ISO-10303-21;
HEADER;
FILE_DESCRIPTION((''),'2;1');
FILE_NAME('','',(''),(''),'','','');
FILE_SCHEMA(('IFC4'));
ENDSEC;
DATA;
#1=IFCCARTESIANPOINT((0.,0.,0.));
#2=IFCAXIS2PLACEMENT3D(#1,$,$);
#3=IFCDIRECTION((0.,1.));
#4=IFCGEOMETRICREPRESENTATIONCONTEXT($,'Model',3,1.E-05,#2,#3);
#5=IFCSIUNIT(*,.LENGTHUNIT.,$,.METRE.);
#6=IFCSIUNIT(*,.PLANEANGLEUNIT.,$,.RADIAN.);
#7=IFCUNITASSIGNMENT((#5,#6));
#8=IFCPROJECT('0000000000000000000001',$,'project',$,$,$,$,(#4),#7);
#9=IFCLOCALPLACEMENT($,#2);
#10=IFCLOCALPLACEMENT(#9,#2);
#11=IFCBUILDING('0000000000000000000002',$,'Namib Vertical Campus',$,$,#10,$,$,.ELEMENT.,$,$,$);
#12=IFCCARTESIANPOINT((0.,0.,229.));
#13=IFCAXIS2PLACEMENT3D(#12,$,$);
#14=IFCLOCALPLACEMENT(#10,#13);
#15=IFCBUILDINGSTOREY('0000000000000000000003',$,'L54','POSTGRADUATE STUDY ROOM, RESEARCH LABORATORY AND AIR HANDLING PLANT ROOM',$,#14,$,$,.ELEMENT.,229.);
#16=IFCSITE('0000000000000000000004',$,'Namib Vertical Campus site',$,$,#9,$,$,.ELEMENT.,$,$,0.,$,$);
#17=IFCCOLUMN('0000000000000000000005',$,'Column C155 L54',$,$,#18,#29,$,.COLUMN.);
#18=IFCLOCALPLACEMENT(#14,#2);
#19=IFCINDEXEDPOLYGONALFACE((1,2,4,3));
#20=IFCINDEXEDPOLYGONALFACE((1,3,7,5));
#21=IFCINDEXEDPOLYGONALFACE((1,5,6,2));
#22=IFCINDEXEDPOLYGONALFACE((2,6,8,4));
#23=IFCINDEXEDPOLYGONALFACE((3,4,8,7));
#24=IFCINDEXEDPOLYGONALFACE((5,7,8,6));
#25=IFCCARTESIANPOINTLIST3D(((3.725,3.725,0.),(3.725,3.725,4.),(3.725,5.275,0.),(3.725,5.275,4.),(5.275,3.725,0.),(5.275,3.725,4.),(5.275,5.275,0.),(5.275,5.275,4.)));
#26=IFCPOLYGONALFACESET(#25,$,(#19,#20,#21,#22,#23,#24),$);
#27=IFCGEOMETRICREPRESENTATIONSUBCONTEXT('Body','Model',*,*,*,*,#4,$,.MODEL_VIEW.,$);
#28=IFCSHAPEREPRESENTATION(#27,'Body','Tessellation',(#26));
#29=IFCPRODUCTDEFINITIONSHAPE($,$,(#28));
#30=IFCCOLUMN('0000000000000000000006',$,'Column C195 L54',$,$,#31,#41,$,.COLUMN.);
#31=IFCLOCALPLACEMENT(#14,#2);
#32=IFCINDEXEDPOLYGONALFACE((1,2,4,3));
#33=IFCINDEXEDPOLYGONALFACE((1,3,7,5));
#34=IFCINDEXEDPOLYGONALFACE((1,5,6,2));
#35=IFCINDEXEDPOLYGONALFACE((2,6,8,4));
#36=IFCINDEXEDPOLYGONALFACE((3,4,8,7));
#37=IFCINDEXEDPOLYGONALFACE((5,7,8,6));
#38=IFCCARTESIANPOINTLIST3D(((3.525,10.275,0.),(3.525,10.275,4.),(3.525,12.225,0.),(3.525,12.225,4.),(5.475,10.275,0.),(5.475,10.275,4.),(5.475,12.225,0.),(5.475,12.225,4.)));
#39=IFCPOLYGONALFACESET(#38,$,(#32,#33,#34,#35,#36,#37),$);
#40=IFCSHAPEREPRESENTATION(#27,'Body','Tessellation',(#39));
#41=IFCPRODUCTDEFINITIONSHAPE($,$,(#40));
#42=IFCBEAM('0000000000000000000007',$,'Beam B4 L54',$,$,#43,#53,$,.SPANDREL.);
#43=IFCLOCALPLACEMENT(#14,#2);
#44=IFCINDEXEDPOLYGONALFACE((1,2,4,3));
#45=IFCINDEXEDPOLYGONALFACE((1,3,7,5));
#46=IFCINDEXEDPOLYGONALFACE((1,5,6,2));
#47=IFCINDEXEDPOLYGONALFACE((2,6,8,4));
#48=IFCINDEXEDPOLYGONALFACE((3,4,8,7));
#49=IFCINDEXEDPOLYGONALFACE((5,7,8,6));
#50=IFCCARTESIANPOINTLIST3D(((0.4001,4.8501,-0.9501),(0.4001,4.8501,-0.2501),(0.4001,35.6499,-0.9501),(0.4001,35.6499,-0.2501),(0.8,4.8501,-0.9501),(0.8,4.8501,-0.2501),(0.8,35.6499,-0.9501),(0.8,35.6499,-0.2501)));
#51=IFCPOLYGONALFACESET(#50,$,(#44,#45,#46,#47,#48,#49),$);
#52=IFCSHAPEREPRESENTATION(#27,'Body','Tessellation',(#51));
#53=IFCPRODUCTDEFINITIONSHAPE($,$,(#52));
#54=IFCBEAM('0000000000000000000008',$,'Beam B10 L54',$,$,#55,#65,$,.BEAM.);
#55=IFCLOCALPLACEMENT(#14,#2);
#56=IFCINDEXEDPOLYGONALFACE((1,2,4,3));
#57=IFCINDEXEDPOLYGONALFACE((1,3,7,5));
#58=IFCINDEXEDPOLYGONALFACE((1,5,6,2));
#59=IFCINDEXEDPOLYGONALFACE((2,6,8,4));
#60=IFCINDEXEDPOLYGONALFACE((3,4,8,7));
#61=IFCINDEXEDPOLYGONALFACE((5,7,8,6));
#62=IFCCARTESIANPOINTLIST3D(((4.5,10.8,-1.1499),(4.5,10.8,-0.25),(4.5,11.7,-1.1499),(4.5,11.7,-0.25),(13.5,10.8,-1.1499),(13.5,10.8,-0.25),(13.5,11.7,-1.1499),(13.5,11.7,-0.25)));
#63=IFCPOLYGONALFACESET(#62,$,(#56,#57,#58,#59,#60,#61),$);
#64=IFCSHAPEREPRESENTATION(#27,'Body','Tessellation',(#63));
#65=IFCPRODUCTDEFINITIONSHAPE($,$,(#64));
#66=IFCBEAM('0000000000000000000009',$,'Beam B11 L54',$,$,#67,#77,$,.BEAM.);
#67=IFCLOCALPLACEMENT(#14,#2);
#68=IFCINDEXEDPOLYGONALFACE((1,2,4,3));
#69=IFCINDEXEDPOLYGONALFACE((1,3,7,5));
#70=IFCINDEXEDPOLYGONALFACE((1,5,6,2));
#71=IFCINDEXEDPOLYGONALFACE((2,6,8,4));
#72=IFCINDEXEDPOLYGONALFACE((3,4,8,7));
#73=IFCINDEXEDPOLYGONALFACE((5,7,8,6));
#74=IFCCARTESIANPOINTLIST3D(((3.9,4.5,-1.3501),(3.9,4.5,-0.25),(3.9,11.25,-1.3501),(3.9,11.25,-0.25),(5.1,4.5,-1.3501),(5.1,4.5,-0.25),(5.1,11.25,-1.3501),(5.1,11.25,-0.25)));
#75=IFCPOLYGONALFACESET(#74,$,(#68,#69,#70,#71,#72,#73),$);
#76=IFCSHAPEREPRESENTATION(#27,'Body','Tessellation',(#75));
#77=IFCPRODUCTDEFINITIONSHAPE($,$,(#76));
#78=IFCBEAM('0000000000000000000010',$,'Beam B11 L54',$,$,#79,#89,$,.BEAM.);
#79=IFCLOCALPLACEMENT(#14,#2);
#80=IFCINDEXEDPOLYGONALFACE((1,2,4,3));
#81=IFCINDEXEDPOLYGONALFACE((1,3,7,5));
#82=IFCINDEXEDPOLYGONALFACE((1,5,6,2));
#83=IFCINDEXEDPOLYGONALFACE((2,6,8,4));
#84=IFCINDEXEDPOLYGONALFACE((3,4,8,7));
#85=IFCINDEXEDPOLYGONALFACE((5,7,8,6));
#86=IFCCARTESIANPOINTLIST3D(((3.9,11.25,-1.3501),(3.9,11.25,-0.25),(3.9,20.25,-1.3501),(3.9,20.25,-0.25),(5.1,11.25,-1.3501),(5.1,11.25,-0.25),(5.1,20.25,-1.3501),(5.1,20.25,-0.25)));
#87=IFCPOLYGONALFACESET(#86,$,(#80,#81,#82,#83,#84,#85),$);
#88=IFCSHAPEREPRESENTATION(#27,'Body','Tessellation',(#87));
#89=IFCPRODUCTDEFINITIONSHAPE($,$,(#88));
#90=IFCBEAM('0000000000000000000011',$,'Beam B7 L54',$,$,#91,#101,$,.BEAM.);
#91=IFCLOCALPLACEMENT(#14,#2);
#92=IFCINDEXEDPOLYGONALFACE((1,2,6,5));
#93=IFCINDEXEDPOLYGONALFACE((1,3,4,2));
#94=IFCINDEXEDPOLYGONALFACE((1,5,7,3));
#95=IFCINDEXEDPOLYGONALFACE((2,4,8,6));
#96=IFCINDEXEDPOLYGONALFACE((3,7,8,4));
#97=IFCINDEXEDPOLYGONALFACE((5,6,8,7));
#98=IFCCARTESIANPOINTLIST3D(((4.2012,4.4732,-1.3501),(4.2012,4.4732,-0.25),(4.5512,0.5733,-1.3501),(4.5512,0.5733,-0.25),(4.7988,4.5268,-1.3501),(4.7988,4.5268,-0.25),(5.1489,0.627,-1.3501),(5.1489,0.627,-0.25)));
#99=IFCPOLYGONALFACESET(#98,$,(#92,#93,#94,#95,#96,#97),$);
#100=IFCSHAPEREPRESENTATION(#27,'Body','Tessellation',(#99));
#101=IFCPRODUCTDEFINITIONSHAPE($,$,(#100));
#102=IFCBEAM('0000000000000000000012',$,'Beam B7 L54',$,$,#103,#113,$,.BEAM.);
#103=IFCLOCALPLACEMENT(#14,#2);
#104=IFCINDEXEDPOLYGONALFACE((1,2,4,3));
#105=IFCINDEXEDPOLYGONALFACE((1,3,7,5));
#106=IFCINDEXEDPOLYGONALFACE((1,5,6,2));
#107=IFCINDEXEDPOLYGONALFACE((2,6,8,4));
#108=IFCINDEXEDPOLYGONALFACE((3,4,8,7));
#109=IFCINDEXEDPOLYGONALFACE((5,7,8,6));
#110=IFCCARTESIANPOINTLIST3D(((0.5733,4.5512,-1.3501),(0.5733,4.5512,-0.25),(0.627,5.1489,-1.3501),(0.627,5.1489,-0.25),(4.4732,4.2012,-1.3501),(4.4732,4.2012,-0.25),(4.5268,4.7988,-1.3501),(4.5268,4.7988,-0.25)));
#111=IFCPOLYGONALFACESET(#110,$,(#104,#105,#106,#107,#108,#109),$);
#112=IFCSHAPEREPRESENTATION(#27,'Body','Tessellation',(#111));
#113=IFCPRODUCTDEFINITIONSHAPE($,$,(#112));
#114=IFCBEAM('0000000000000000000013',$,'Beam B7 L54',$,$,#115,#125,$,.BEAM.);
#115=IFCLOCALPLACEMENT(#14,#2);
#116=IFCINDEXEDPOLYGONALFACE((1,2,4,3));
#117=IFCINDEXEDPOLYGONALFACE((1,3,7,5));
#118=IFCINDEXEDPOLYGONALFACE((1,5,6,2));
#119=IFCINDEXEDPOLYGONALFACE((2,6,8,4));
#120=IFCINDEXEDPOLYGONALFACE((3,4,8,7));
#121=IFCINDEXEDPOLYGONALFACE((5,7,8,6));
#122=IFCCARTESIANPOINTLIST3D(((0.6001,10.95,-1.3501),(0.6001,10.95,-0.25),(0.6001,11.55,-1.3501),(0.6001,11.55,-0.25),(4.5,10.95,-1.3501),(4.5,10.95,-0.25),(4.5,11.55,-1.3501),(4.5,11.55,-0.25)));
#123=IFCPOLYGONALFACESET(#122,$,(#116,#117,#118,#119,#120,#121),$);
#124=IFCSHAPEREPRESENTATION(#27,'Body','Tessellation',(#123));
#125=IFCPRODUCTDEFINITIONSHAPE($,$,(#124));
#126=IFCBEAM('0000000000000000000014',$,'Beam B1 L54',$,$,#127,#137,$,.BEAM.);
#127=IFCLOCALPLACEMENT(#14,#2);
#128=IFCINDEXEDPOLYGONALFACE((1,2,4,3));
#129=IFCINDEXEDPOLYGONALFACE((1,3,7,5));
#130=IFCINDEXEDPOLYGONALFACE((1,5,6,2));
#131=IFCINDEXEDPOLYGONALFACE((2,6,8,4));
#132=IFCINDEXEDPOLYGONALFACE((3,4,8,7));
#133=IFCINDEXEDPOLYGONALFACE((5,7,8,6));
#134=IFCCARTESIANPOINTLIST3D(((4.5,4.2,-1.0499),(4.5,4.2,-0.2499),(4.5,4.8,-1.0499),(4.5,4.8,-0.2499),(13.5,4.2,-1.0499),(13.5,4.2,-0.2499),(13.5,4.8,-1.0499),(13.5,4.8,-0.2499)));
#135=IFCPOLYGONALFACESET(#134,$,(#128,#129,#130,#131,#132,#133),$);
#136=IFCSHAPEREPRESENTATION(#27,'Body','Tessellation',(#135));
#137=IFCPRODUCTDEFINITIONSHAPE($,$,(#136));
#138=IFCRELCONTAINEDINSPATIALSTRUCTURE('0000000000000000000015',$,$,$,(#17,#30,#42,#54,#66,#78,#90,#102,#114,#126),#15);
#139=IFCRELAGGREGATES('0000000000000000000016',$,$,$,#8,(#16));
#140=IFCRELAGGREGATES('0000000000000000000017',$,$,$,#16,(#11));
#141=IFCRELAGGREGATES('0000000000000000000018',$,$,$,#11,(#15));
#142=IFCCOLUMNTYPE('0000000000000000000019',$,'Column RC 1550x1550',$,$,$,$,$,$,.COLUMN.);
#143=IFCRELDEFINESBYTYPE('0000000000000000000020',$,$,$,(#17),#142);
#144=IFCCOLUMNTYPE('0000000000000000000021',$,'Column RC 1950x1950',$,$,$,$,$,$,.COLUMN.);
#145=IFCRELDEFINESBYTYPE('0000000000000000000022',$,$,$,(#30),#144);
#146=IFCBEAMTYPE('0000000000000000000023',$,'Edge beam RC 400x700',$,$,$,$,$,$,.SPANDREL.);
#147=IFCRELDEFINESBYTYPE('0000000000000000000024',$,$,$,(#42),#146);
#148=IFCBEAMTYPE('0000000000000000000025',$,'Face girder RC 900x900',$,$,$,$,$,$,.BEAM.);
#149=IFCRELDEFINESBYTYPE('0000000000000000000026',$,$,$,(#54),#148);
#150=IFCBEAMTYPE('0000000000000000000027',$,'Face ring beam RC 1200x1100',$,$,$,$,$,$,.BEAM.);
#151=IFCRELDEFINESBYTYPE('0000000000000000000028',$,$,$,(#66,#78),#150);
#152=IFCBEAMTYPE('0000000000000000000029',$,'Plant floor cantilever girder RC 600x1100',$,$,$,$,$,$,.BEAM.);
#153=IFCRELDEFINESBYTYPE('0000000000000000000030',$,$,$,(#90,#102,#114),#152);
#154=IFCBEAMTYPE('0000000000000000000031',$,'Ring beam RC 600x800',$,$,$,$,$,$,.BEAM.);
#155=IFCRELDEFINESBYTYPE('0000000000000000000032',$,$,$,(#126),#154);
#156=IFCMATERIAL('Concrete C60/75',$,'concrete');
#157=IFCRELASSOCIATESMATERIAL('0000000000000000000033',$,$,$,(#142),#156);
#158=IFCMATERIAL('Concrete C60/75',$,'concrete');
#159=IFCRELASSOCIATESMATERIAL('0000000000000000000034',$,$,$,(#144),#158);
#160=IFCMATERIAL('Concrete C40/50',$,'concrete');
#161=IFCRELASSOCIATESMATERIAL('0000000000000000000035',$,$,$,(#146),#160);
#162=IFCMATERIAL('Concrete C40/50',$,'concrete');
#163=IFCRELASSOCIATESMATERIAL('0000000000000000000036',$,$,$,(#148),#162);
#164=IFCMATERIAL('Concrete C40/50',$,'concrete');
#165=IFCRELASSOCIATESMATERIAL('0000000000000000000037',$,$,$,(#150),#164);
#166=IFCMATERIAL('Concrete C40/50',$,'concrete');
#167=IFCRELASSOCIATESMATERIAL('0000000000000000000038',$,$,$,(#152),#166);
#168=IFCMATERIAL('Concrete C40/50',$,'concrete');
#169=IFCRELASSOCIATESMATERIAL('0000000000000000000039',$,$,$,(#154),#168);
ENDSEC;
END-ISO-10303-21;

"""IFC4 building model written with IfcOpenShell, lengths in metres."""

from ifc_helpers import new_model, si_unit, direction, frame, origin, origin_2d, place, context, subcontext, project, spatial, rectangle, extrude, material, material_profile, profile_set, type_object, element, save


model = new_model("IFC4")

# Units and contexts
model_context = context("Model", 3, precision=1e-05, world=origin(), true_north=direction((0.0, 1.0)))
body_context = subcontext(model_context, "Body", "Model", "MODEL_VIEW")
ifc_project = project(units=[si_unit("LENGTHUNIT", "METRE"), si_unit("PLANEANGLEUNIT", "RADIAN")], contexts=[model_context])

# Site, building, storey
site_placement = place(None, origin())
site = spatial("IfcSite", under=ifc_project, at=site_placement, Name="Namib Vertical Campus site", CompositionType="ELEMENT", RefElevation=0.0)
building_placement = place(site_placement, origin())
building = spatial("IfcBuilding", under=site, at=building_placement, Name="Namib Vertical Campus", CompositionType="ELEMENT")
storey_placement = place(building_placement, frame((0.0, 0.0, 229.0)))
storey = spatial("IfcBuildingStorey", under=building, at=storey_placement, Name="L54", Description="POSTGRADUATE STUDY ROOM, RESEARCH LABORATORY AND AIR HANDLING PLANT ROOM", CompositionType="ELEMENT", Elevation=229.0)

# Columns
ifc_material_1 = material(Name="Concrete C60/75", Category="concrete")
ifc_material_profile_1 = material_profile(ifc_material_1, rectangle(XDim=1.55, YDim=1.55, at=origin_2d()))
ifc_profile_set_1 = profile_set([ifc_material_profile_1], Name="Concrete C60/75")
column_type_1 = type_object("IfcColumnType", Name="Column RC 1550x1550", PredefinedType="COLUMN", material=ifc_profile_set_1)
column_1_placement = place(storey_placement, frame((4.5, 4.5, 0.0), z_axis=(0.0, 0.0, 1.0), x_axis=(1.0, 0.0, 0.0)))
element("IfcColumn", 1, at=column_1_placement, inside=storey, type_object=column_type_1, Name="Column C155 L54", PredefinedType="COLUMN", context=body_context, shape_type="SweptSolid", body=[
    extrude(rectangle(XDim=1.55, YDim=1.55, at=origin_2d()), origin(), (0.0, 0.0, 1.0), 4.0),
])
ifc_material_2 = material(Name="Concrete C60/75", Category="concrete")
ifc_material_profile_2 = material_profile(ifc_material_2, rectangle(XDim=1.95, YDim=1.95, at=origin_2d()))
ifc_profile_set_2 = profile_set([ifc_material_profile_2], Name="Concrete C60/75")
column_type_2 = type_object("IfcColumnType", Name="Column RC 1950x1950", PredefinedType="COLUMN", material=ifc_profile_set_2)
column_2_placement = place(storey_placement, frame((4.5, 11.25, 0.0), z_axis=(0.0, 0.0, 1.0), x_axis=(1.0, 0.0, 0.0)))
element("IfcColumn", 2, at=column_2_placement, inside=storey, type_object=column_type_2, Name="Column C195 L54", PredefinedType="COLUMN", context=body_context, shape_type="SweptSolid", body=[
    extrude(rectangle(XDim=1.95, YDim=1.95, at=origin_2d()), origin(), (0.0, 0.0, 1.0), 4.0),
])

# Beams
ifc_material_3 = material(Name="Concrete C40/50", Category="concrete")
ifc_material_profile_3 = material_profile(ifc_material_3, rectangle(XDim=0.3999, YDim=0.7, at=origin_2d()))
ifc_profile_set_3 = profile_set([ifc_material_profile_3], Name="Concrete C40/50")
beam_type_1 = type_object("IfcBeamType", Name="Edge beam RC 400x700", PredefinedType="SPANDREL", material=ifc_profile_set_3)
beam_1_placement = place(storey_placement, frame((0.6001, 4.8501, -0.6001), z_axis=(0.0, 1.0, 0.0), x_axis=(-1.0, 0.0, 0.0)))
element("IfcBeam", 3, at=beam_1_placement, inside=storey, type_object=beam_type_1, Name="Beam B4 L54", PredefinedType="SPANDREL", context=body_context, shape_type="SweptSolid", body=[
    extrude(rectangle(XDim=0.3999, YDim=0.7, at=origin_2d()), origin(), (0.0, 0.0, 1.0), 30.7998),
])
ifc_material_4 = material(Name="Concrete C40/50", Category="concrete")
ifc_material_profile_4 = material_profile(ifc_material_4, rectangle(XDim=0.8999, YDim=0.8999, at=origin_2d()))
ifc_profile_set_4 = profile_set([ifc_material_profile_4], Name="Concrete C40/50")
beam_type_2 = type_object("IfcBeamType", Name="Face girder RC 900x900", PredefinedType="BEAM", material=ifc_profile_set_4)
beam_2_placement = place(storey_placement, frame((4.5, 11.25, -0.7), z_axis=(1.0, 0.0, 0.0), x_axis=(0.0, 1.0, 0.0)))
element("IfcBeam", 4, at=beam_2_placement, inside=storey, type_object=beam_type_2, Name="Beam B10 L54", PredefinedType="BEAM", context=body_context, shape_type="SweptSolid", body=[
    extrude(rectangle(XDim=0.8999, YDim=0.8999, at=origin_2d()), origin(), (0.0, 0.0, 1.0), 9.0),
])
ifc_material_5 = material(Name="Concrete C40/50", Category="concrete")
ifc_material_profile_5 = material_profile(ifc_material_5, rectangle(XDim=1.2, YDim=1.1001, at=origin_2d()))
ifc_profile_set_5 = profile_set([ifc_material_profile_5], Name="Concrete C40/50")
beam_type_3 = type_object("IfcBeamType", Name="Face ring beam RC 1200x1100", PredefinedType="BEAM", material=ifc_profile_set_5)
beam_3_placement = place(storey_placement, frame((4.5, 4.5, -0.8), z_axis=(0.0, 1.0, 0.0), x_axis=(-1.0, 0.0, 0.0)))
element("IfcBeam", 5, at=beam_3_placement, inside=storey, type_object=beam_type_3, Name="Beam B11 L54", PredefinedType="BEAM", context=body_context, shape_type="SweptSolid", body=[
    extrude(rectangle(XDim=1.2, YDim=1.1001, at=origin_2d()), origin(), (0.0, 0.0, 1.0), 6.75),
])
beam_4_placement = place(storey_placement, frame((4.5, 11.25, -0.8), z_axis=(0.0, 1.0, 0.0), x_axis=(-1.0, 0.0, 0.0)))
element("IfcBeam", 6, at=beam_4_placement, inside=storey, type_object=beam_type_3, Name="Beam B11 L54", PredefinedType="BEAM", context=body_context, shape_type="SweptSolid", body=[
    extrude(rectangle(XDim=1.2, YDim=1.1001, at=origin_2d()), origin(), (0.0, 0.0, 1.0), 9.0),
])
ifc_material_6 = material(Name="Concrete C40/50", Category="concrete")
ifc_material_profile_6 = material_profile(ifc_material_6, rectangle(XDim=0.6001, YDim=1.1001, at=origin_2d()))
ifc_profile_set_6 = profile_set([ifc_material_profile_6], Name="Concrete C40/50")
beam_type_4 = type_object("IfcBeamType", Name="Plant floor cantilever girder RC 600x1100", PredefinedType="BEAM", material=ifc_profile_set_6)
for number, where, z_axis, x_axis, name in (
    (7, (4.5, 4.5, -0.8), (0.089411, -0.995995, 0.0), (0.995995, 0.089411, 0.0), "Beam B7 L54"),
    (8, (4.5, 4.5, -0.8), (-0.995995, 0.089411, 0.0), (-0.089411, -0.995995, 0.0), "Beam B7 L54"),
):
    element("IfcBeam", number, at=place(storey_placement, frame(where, z_axis=z_axis, x_axis=x_axis)), inside=storey, type_object=beam_type_4, Name=name, PredefinedType="BEAM", context=body_context, shape_type="SweptSolid", body=[
        extrude(rectangle(XDim=0.6001, YDim=1.1001, at=origin_2d()), origin(), (0.0, 0.0, 1.0), 3.9155),
    ])
beam_5_placement = place(storey_placement, frame((4.5, 11.25, -0.8), z_axis=(-1.0, 0.0, 0.0), x_axis=(0.0, -1.0, 0.0)))
element("IfcBeam", 9, at=beam_5_placement, inside=storey, type_object=beam_type_4, Name="Beam B7 L54", PredefinedType="BEAM", context=body_context, shape_type="SweptSolid", body=[
    extrude(rectangle(XDim=0.6001, YDim=1.1001, at=origin_2d()), origin(), (0.0, 0.0, 1.0), 3.8999),
])
ifc_material_7 = material(Name="Concrete C40/50", Category="concrete")
ifc_material_profile_7 = material_profile(ifc_material_7, rectangle(XDim=0.6001, YDim=0.8, at=origin_2d()))
ifc_profile_set_7 = profile_set([ifc_material_profile_7], Name="Concrete C40/50")
beam_type_5 = type_object("IfcBeamType", Name="Ring beam RC 600x800", PredefinedType="BEAM", material=ifc_profile_set_7)
beam_6_placement = place(storey_placement, frame((4.5, 4.5, -0.6499), z_axis=(1.0, 0.0, 0.0), x_axis=(0.0, 1.0, 0.0)))
element("IfcBeam", 10, at=beam_6_placement, inside=storey, type_object=beam_type_5, Name="Beam B1 L54", PredefinedType="BEAM", context=body_context, shape_type="SweptSolid", body=[
    extrude(rectangle(XDim=0.6001, YDim=0.8, at=origin_2d()), origin(), (0.0, 0.0, 1.0), 9.0),
])

save(model, "model.ifc")
